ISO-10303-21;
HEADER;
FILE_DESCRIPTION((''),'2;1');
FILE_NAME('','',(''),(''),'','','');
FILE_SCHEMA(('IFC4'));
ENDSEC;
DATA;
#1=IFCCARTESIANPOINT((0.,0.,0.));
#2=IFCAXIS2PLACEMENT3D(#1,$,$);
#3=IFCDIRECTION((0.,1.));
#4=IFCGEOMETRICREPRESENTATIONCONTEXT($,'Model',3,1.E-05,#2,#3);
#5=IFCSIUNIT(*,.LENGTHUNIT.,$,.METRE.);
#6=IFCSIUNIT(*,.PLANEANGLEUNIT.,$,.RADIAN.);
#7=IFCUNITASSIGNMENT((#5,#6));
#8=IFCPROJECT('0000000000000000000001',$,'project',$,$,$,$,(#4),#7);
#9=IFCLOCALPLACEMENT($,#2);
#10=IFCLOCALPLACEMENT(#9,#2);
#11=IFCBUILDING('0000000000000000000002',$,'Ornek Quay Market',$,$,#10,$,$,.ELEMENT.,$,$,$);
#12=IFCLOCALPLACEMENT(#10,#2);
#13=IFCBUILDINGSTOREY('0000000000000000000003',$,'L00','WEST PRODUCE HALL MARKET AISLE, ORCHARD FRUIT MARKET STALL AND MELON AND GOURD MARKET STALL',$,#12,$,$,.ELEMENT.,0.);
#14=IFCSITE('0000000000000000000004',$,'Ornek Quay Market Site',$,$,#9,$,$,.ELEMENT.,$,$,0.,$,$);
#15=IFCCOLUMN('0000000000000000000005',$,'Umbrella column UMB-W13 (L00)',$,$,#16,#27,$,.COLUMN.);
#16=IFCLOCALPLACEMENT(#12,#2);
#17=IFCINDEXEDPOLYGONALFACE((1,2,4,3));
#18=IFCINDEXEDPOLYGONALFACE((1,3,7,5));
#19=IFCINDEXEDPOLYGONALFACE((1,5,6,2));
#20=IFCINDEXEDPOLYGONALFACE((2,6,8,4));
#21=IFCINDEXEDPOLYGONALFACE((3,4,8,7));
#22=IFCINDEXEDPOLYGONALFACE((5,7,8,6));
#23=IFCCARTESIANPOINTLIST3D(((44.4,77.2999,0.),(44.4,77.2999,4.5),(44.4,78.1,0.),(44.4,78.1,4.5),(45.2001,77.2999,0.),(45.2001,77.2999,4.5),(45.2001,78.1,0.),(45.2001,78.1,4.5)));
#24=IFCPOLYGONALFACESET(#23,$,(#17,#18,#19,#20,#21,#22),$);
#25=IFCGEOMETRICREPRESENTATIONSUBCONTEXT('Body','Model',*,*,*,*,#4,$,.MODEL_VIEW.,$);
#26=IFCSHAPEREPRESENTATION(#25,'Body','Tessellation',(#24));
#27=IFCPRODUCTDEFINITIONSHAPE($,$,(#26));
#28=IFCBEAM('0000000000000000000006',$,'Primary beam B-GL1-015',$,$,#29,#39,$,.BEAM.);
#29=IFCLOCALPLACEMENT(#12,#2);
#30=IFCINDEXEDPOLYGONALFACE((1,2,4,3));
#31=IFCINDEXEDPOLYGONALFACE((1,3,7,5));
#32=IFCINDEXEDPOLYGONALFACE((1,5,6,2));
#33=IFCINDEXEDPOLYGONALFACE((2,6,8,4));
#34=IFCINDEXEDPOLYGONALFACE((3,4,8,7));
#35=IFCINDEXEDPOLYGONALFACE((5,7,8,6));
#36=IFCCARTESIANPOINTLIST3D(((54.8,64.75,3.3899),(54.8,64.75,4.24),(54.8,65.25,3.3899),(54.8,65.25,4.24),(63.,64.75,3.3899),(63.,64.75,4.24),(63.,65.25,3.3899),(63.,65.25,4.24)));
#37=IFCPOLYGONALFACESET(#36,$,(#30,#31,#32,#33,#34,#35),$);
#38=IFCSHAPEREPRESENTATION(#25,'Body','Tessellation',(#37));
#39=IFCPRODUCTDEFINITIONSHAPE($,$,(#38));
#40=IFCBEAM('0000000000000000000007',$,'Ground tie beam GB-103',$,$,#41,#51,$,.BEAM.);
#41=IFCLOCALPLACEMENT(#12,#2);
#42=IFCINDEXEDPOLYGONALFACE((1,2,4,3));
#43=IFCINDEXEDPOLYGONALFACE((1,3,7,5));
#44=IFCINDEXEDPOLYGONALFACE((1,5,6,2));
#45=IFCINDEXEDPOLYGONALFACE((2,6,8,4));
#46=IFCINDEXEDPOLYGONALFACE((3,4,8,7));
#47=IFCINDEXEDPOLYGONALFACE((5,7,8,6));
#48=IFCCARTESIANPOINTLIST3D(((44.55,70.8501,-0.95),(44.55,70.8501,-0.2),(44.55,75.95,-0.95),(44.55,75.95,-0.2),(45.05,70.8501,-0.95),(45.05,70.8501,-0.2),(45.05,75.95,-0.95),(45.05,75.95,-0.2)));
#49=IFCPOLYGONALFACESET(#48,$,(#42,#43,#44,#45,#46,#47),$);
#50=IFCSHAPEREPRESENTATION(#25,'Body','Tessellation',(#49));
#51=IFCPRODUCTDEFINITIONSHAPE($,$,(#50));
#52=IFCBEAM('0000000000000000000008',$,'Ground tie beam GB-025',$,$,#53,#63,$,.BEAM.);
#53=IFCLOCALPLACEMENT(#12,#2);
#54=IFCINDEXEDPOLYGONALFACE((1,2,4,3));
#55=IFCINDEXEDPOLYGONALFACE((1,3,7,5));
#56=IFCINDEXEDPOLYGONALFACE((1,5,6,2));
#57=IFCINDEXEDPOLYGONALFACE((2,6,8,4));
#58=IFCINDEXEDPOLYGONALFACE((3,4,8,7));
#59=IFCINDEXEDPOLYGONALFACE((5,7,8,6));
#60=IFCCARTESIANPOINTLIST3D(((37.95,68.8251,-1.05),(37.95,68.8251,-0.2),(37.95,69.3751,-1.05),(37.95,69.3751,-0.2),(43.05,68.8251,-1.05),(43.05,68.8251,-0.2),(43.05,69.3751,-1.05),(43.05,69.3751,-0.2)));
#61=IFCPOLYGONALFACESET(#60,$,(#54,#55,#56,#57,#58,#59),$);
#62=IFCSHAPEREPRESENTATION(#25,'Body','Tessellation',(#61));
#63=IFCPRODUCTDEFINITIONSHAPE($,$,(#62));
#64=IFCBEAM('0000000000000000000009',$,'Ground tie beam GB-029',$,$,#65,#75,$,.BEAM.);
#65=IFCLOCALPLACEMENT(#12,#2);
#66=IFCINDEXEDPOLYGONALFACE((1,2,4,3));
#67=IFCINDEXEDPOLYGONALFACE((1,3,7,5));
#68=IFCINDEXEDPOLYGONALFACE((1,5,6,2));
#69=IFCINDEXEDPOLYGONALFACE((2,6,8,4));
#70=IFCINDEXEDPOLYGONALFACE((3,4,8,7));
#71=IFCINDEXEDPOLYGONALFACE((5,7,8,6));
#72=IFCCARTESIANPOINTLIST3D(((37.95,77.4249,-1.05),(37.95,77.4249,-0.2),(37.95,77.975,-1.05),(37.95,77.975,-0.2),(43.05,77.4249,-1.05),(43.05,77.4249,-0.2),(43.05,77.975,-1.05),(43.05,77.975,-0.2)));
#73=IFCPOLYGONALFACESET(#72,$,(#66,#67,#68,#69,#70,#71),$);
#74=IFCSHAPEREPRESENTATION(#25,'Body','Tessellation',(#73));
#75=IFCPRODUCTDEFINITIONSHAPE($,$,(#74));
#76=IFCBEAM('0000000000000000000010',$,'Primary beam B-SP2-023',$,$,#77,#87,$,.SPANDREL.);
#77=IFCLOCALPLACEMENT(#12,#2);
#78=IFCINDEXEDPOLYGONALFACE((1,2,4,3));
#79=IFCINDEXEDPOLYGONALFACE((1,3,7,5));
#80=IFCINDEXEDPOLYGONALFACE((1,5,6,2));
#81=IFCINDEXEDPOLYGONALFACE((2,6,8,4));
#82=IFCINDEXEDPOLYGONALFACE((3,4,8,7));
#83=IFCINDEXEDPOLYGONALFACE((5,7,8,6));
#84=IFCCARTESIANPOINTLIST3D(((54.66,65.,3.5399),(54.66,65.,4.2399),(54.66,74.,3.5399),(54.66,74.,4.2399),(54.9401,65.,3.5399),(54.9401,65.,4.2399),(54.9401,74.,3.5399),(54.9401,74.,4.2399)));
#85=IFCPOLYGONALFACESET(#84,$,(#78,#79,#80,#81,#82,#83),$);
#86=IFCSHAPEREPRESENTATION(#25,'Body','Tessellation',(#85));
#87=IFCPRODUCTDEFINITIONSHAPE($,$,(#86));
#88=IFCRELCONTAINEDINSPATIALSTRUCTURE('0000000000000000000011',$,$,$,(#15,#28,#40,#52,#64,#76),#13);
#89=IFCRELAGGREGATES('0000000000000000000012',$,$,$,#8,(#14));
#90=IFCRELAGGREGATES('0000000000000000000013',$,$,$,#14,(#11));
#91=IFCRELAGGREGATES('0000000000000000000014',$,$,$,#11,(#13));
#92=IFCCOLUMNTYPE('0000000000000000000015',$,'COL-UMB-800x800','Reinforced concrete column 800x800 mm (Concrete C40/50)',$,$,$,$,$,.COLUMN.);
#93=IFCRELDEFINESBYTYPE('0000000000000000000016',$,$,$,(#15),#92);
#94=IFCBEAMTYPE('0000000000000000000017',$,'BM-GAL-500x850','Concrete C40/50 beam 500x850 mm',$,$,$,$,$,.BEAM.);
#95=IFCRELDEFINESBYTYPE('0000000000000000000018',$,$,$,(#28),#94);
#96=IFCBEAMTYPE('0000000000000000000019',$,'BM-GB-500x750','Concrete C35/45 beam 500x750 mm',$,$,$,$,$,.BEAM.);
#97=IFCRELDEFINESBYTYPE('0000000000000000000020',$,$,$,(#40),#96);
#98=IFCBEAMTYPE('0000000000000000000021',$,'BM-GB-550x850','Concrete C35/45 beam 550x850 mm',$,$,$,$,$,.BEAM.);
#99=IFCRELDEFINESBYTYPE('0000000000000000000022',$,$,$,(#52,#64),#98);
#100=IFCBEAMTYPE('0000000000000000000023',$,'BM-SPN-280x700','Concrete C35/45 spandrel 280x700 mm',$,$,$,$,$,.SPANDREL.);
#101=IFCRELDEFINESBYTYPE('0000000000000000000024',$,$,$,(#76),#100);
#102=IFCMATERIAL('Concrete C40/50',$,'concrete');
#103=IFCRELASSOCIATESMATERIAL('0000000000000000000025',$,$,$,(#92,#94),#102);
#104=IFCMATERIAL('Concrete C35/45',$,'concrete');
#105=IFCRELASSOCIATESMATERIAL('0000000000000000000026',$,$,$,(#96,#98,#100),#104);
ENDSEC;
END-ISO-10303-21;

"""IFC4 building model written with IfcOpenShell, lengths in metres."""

from ifc_helpers import new_model, si_unit, direction, frame, origin, origin_2d, place, context, subcontext, project, spatial, rectangle, extrude, material, material_profile, profile_set, type_object, element, save


model = new_model("IFC4")

# Units and contexts
model_context = context("Model", 3, precision=1e-05, world=origin(), true_north=direction((0.0, 1.0)))
body_context = subcontext(model_context, "Body", "Model", "MODEL_VIEW")
ifc_project = project(units=[si_unit("LENGTHUNIT", "METRE"), si_unit("PLANEANGLEUNIT", "RADIAN")], contexts=[model_context])

# Site, building, storey
site_placement = place(None, origin())
site = spatial("IfcSite", under=ifc_project, at=site_placement, Name="Ornek Quay Market Site", CompositionType="ELEMENT", RefElevation=0.0)
building_placement = place(site_placement, origin())
building = spatial("IfcBuilding", under=site, at=building_placement, Name="Ornek Quay Market", CompositionType="ELEMENT")
storey_placement = place(building_placement, origin())
storey = spatial("IfcBuildingStorey", under=building, at=storey_placement, Name="L00", Description="WEST PRODUCE HALL MARKET AISLE, ORCHARD FRUIT MARKET STALL AND MELON AND GOURD MARKET STALL", CompositionType="ELEMENT", Elevation=0.0)

# Shared definitions
ifc_material_1 = material(Name="Concrete C35/45", Category="concrete")

# Column
ifc_material_2 = material(Name="Concrete C40/50", Category="concrete")
ifc_material_profile_1 = material_profile(ifc_material_2, rectangle(XDim=0.8, YDim=0.8, at=origin_2d()), Name="RC 800x800", Category="concrete")
ifc_profile_set_1 = profile_set([ifc_material_profile_1], Name="Concrete C40/50")
column_type_1 = type_object("IfcColumnType", Name="COL-UMB-800x800", Description="Reinforced concrete column 800x800 mm (Concrete C40/50)", PredefinedType="COLUMN", material=ifc_profile_set_1)
for number, where, z_axis, x_axis, name in (
    (1, (44.8, 77.7, 0.0), (0.0, 0.0, 1.0), (1.0, 0.0, 0.0), "Umbrella column UMB-W13 (L00)"),
):
    element("IfcColumn", number, at=place(storey_placement, frame(where, z_axis=z_axis, x_axis=x_axis)), inside=storey, type_object=column_type_1, Name=name, PredefinedType="COLUMN", context=body_context, shape_type="SweptSolid", body=[
        extrude(rectangle(XDim=0.8, YDim=0.8, at=origin_2d()), origin(), (0.0, 0.0, 1.0), 4.5),
    ])

# Beams
ifc_material_profile_2 = material_profile(ifc_material_2, rectangle(XDim=0.5, YDim=0.8501, at=origin_2d()), Name="RC 500x850", Category="concrete")
ifc_profile_set_2 = profile_set([ifc_material_profile_2], Name="Concrete C40/50")
beam_type_1 = type_object("IfcBeamType", Name="BM-GAL-500x850", Description="Concrete C40/50 beam 500x850 mm", PredefinedType="BEAM", material=ifc_profile_set_2)
beam_1_placement = place(storey_placement, frame((54.8, 65.0, 3.8149), z_axis=(1.0, 0.0, 0.0), x_axis=(0.0, 1.0, 0.0)))
element("IfcBeam", 2, at=beam_1_placement, inside=storey, type_object=beam_type_1, Name="Primary beam B-GL1-015", PredefinedType="BEAM", context=body_context, shape_type="SweptSolid", body=[
    extrude(rectangle(XDim=0.5, YDim=0.8501, at=origin_2d()), origin(), (0.0, 0.0, 1.0), 8.2),
])
ifc_material_profile_3 = material_profile(ifc_material_1, rectangle(XDim=0.5, YDim=0.75, at=origin_2d()), Name="RC 500x750", Category="concrete")
ifc_profile_set_3 = profile_set([ifc_material_profile_3], Name="Concrete C35/45")
beam_type_2 = type_object("IfcBeamType", Name="BM-GB-500x750", Description="Concrete C35/45 beam 500x750 mm", PredefinedType="BEAM", material=ifc_profile_set_3)
beam_2_placement = place(storey_placement, frame((44.8, 70.8501, -0.575), z_axis=(0.0, 1.0, 0.0), x_axis=(-1.0, 0.0, 0.0)))
element("IfcBeam", 3, at=beam_2_placement, inside=storey, type_object=beam_type_2, Name="Ground tie beam GB-103", PredefinedType="BEAM", context=body_context, shape_type="SweptSolid", body=[
    extrude(rectangle(XDim=0.5, YDim=0.75, at=origin_2d()), origin(), (0.0, 0.0, 1.0), 5.0999),
])
ifc_material_profile_4 = material_profile(ifc_material_1, rectangle(XDim=0.55, YDim=0.8501, at=origin_2d()), Name="RC 550x850", Category="concrete")
ifc_profile_set_4 = profile_set([ifc_material_profile_4], Name="Concrete C35/45")
beam_type_3 = type_object("IfcBeamType", Name="BM-GB-550x850", Description="Concrete C35/45 beam 550x850 mm", PredefinedType="BEAM", material=ifc_profile_set_4)
for number, where, z_axis, x_axis, name in (
    (4, (37.95, 69.1001, -0.625), (1.0, 0.0, 0.0), (0.0, 1.0, 0.0), "Ground tie beam GB-025"),
    (5, (37.95, 77.7, -0.625), (1.0, 0.0, 0.0), (0.0, 1.0, 0.0), "Ground tie beam GB-029"),
):
    element("IfcBeam", number, at=place(storey_placement, frame(where, z_axis=z_axis, x_axis=x_axis)), inside=storey, type_object=beam_type_3, Name=name, PredefinedType="BEAM", context=body_context, shape_type="SweptSolid", body=[
        extrude(rectangle(XDim=0.55, YDim=0.8501, at=origin_2d()), origin(), (0.0, 0.0, 1.0), 5.1001),
    ])
ifc_material_profile_5 = material_profile(ifc_material_1, rectangle(XDim=0.28, YDim=0.7, at=origin_2d()), Name="RC 280x700", Category="concrete")
ifc_profile_set_5 = profile_set([ifc_material_profile_5], Name="Concrete C35/45")
beam_type_4 = type_object("IfcBeamType", Name="BM-SPN-280x700", Description="Concrete C35/45 spandrel 280x700 mm", PredefinedType="SPANDREL", material=ifc_profile_set_5)
beam_3_placement = place(storey_placement, frame((54.8, 65.0, 3.8899), z_axis=(0.0, 1.0, 0.0), x_axis=(-1.0, 0.0, 0.0)))
element("IfcBeam", 6, at=beam_3_placement, inside=storey, type_object=beam_type_4, Name="Primary beam B-SP2-023", PredefinedType="SPANDREL", context=body_context, shape_type="SweptSolid", body=[
    extrude(rectangle(XDim=0.28, YDim=0.7, at=origin_2d()), origin(), (0.0, 0.0, 1.0), 9.0),
])

save(model, "model.ifc")
